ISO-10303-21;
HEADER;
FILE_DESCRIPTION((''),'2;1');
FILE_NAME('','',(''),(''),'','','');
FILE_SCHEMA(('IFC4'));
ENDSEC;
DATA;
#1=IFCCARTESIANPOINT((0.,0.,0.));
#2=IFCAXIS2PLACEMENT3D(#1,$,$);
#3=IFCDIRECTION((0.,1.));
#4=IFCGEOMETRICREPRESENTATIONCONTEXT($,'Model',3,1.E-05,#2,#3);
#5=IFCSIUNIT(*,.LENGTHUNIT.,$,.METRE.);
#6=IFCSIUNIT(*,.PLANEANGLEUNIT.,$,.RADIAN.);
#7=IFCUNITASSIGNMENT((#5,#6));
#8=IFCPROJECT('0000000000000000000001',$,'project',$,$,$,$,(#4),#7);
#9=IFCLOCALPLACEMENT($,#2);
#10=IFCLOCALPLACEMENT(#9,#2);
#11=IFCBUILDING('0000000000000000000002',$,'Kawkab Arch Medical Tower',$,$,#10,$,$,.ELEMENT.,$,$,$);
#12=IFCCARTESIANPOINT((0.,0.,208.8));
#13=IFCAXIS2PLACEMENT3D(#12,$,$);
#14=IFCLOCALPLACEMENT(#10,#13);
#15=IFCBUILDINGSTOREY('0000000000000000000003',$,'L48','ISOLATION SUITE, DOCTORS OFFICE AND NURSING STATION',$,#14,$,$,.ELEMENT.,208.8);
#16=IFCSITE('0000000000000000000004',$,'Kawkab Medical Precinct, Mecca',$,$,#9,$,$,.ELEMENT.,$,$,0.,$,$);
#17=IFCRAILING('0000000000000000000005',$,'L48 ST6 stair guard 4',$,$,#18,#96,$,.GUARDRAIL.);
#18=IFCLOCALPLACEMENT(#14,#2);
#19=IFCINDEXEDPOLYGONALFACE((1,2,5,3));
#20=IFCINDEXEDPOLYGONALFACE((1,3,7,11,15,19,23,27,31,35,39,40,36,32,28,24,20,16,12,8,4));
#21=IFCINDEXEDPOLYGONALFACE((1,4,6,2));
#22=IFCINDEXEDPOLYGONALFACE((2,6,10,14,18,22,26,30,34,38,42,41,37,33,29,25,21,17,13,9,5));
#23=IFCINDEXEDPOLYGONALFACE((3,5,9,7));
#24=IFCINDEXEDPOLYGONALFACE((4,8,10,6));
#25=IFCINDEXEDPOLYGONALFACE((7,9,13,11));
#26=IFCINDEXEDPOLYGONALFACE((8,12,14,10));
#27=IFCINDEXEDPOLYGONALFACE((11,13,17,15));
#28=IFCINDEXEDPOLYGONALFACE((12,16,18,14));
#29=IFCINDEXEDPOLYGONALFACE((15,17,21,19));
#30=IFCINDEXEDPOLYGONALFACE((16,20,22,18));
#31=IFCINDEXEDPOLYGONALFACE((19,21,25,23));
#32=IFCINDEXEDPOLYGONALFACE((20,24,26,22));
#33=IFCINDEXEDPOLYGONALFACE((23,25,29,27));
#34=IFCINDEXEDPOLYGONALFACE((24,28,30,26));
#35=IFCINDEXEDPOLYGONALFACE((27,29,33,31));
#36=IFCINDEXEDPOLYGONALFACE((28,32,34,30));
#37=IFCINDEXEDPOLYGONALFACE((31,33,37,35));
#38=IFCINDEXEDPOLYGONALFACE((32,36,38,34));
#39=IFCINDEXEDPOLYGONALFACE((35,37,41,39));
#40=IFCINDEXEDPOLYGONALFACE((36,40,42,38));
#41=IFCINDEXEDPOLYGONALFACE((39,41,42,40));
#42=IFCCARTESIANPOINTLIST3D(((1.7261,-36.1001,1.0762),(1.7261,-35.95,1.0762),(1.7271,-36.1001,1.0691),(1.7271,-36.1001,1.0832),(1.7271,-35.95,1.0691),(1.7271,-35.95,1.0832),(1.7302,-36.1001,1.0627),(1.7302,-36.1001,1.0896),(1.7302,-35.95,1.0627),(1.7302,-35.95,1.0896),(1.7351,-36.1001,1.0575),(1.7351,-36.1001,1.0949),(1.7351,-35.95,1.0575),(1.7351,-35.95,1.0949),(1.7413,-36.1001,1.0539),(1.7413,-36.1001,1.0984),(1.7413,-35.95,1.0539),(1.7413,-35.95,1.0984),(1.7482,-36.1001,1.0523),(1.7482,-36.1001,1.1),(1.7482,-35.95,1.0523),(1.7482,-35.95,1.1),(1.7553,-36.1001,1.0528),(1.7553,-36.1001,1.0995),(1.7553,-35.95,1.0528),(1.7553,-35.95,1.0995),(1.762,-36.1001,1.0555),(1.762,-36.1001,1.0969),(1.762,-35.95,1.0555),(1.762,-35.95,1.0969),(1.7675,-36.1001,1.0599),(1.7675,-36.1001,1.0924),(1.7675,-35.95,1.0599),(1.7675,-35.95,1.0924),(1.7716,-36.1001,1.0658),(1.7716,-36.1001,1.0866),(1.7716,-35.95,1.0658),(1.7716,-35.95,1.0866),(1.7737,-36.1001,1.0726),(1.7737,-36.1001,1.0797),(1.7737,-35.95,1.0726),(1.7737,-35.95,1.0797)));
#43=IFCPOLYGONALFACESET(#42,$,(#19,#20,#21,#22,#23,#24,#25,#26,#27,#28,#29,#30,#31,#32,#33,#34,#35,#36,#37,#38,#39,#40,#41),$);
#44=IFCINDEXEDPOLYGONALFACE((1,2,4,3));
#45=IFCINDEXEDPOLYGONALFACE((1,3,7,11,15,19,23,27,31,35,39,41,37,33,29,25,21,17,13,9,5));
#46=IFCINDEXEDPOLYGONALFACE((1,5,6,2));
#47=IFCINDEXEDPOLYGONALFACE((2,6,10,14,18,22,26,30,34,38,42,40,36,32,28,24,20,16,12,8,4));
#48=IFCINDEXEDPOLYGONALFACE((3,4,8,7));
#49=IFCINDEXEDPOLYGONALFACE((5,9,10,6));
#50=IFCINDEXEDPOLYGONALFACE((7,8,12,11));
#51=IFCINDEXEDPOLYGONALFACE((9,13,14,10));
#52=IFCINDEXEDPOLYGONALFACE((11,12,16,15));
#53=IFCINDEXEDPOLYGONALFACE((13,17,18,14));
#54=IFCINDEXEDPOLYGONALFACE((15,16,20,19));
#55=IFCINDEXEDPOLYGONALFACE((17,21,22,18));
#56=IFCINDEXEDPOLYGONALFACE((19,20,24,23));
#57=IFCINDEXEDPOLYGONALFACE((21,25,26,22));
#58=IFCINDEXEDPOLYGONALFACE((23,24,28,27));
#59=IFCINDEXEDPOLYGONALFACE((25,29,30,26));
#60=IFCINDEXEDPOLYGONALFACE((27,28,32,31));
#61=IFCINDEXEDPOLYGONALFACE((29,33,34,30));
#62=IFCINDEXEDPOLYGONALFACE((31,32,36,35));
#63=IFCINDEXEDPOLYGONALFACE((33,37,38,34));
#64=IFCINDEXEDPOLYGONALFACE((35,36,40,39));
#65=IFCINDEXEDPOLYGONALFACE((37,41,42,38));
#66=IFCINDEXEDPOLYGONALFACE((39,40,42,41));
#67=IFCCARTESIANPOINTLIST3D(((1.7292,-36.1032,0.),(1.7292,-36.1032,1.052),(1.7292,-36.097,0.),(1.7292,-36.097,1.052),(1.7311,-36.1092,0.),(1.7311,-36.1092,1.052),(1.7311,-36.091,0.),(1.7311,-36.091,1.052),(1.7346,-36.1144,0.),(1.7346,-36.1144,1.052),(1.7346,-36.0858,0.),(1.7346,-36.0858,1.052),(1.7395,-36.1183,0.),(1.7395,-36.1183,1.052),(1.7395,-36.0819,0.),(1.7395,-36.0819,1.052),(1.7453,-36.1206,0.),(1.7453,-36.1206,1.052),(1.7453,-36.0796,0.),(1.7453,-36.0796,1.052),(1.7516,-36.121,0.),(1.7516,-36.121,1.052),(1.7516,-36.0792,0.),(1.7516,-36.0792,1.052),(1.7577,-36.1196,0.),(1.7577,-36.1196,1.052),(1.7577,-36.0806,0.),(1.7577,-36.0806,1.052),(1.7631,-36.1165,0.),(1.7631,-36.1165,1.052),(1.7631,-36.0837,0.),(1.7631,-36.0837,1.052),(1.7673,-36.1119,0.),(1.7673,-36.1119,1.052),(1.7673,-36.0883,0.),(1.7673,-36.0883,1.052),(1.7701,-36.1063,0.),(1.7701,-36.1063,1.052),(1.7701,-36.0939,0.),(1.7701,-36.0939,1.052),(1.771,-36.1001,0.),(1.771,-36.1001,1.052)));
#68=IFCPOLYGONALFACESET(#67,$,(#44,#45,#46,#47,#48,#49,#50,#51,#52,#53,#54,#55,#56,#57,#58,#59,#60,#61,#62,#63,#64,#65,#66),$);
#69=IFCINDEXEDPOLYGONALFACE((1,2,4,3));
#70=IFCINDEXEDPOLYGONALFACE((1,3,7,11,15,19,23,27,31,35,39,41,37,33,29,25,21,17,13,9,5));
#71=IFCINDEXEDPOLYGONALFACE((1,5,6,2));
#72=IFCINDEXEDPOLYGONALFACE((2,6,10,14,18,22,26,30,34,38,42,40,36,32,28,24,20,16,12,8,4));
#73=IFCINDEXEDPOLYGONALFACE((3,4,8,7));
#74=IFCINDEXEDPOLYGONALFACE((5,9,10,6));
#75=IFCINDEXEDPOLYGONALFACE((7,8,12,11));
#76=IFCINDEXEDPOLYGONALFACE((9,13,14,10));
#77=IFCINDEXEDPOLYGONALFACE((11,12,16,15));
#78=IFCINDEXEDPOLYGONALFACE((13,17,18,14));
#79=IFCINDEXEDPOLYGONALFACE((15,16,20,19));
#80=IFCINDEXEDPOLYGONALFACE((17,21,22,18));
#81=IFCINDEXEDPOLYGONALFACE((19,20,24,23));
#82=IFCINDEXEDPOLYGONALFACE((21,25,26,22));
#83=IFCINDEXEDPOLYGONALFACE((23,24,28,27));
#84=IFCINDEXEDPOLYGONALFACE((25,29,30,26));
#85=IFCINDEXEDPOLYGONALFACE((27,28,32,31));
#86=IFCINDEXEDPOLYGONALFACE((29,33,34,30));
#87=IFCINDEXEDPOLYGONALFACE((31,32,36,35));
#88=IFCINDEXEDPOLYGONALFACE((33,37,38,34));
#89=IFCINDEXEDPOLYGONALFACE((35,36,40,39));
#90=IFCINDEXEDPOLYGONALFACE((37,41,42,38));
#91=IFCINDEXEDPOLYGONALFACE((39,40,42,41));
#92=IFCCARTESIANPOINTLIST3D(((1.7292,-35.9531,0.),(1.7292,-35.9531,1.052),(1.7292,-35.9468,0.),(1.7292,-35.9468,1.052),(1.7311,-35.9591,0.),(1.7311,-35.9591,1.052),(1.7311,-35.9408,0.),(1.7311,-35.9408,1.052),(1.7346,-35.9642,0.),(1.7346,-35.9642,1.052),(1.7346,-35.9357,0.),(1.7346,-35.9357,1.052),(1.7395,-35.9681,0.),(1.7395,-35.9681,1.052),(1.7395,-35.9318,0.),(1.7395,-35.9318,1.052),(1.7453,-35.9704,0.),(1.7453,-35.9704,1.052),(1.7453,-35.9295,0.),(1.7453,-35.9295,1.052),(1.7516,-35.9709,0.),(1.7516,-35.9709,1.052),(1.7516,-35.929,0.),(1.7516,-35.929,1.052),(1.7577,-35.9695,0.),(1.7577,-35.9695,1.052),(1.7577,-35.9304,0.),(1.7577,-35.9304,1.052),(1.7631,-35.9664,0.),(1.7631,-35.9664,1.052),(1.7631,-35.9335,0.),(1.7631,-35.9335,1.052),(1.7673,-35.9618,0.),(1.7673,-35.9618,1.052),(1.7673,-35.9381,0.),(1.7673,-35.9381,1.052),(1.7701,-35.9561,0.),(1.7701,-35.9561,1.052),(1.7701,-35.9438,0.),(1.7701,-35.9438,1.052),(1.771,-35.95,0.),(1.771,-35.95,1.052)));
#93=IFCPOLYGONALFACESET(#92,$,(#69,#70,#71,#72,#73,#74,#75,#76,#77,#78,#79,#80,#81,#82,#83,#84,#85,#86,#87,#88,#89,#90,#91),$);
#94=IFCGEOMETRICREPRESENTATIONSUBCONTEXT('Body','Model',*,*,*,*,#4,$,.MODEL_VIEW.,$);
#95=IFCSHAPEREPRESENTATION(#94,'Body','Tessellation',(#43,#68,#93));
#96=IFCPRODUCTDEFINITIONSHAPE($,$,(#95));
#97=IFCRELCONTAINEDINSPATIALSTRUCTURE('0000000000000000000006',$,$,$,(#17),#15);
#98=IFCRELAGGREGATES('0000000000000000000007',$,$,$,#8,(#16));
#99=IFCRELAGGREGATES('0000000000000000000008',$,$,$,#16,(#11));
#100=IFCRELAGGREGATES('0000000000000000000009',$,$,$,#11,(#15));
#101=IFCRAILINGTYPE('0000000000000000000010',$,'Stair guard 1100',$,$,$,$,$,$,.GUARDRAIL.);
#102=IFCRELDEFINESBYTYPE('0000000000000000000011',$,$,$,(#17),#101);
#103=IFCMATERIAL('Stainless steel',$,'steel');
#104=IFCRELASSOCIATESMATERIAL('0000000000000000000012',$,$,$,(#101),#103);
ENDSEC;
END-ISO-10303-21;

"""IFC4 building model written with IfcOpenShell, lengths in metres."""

from ifc_helpers import new_model, si_unit, direction, frame, origin, origin_2d, place, context, subcontext, project, spatial, circle, extrude, material, type_object, element, save


model = new_model("IFC4")

# Units and contexts
model_context = context("Model", 3, precision=1e-05, world=origin(), true_north=direction((0.0, 1.0)))
body_context = subcontext(model_context, "Body", "Model", "MODEL_VIEW")
ifc_project = project(units=[si_unit("LENGTHUNIT", "METRE"), si_unit("PLANEANGLEUNIT", "RADIAN")], contexts=[model_context])

# Site, building, storey
site_placement = place(None, origin())
site = spatial("IfcSite", under=ifc_project, at=site_placement, Name="Kawkab Medical Precinct, Mecca", CompositionType="ELEMENT", RefElevation=0.0)
building_placement = place(site_placement, origin())
building = spatial("IfcBuilding", under=site, at=building_placement, Name="Kawkab Arch Medical Tower", CompositionType="ELEMENT")
storey_placement = place(building_placement, frame((0.0, 0.0, 208.8)))
storey = spatial("IfcBuildingStorey", under=building, at=storey_placement, Name="L48", Description="ISOLATION SUITE, DOCTORS OFFICE AND NURSING STATION", CompositionType="ELEMENT", Elevation=208.8)

# Railing
ifc_material_1 = material(Name="Stainless steel", Category="steel")
railing_type = type_object("IfcRailingType", Name="Stair guard 1100", PredefinedType="GUARDRAIL", material=ifc_material_1)
railing_1_placement = place(storey_placement, frame((1.75, -36.1001, 0.0)))
element("IfcRailing", 1, at=railing_1_placement, inside=storey, type_object=railing_type, Name="L48 ST6 stair guard 4", PredefinedType="GUARDRAIL", context=body_context, shape_type="SweptSolid", body=[
    extrude(circle(Radius=0.0239, at=origin_2d()), frame((0.0, 0.0, 1.0762), z_axis=(0.0, 1.0, 0.0), x_axis=(-1.0, 0.0, 0.0)), (0.0, 0.0, 1.0), 0.1501),
    extrude(circle(Radius=0.021, at=origin_2d()), origin(), (0.0, 0.0, 1.0), 1.052),
    extrude(circle(Radius=0.021, at=origin_2d()), frame((0.0, 0.1501, 0.0)), (0.0, 0.0, 1.0), 1.052),
])

save(model, "model.ifc")
